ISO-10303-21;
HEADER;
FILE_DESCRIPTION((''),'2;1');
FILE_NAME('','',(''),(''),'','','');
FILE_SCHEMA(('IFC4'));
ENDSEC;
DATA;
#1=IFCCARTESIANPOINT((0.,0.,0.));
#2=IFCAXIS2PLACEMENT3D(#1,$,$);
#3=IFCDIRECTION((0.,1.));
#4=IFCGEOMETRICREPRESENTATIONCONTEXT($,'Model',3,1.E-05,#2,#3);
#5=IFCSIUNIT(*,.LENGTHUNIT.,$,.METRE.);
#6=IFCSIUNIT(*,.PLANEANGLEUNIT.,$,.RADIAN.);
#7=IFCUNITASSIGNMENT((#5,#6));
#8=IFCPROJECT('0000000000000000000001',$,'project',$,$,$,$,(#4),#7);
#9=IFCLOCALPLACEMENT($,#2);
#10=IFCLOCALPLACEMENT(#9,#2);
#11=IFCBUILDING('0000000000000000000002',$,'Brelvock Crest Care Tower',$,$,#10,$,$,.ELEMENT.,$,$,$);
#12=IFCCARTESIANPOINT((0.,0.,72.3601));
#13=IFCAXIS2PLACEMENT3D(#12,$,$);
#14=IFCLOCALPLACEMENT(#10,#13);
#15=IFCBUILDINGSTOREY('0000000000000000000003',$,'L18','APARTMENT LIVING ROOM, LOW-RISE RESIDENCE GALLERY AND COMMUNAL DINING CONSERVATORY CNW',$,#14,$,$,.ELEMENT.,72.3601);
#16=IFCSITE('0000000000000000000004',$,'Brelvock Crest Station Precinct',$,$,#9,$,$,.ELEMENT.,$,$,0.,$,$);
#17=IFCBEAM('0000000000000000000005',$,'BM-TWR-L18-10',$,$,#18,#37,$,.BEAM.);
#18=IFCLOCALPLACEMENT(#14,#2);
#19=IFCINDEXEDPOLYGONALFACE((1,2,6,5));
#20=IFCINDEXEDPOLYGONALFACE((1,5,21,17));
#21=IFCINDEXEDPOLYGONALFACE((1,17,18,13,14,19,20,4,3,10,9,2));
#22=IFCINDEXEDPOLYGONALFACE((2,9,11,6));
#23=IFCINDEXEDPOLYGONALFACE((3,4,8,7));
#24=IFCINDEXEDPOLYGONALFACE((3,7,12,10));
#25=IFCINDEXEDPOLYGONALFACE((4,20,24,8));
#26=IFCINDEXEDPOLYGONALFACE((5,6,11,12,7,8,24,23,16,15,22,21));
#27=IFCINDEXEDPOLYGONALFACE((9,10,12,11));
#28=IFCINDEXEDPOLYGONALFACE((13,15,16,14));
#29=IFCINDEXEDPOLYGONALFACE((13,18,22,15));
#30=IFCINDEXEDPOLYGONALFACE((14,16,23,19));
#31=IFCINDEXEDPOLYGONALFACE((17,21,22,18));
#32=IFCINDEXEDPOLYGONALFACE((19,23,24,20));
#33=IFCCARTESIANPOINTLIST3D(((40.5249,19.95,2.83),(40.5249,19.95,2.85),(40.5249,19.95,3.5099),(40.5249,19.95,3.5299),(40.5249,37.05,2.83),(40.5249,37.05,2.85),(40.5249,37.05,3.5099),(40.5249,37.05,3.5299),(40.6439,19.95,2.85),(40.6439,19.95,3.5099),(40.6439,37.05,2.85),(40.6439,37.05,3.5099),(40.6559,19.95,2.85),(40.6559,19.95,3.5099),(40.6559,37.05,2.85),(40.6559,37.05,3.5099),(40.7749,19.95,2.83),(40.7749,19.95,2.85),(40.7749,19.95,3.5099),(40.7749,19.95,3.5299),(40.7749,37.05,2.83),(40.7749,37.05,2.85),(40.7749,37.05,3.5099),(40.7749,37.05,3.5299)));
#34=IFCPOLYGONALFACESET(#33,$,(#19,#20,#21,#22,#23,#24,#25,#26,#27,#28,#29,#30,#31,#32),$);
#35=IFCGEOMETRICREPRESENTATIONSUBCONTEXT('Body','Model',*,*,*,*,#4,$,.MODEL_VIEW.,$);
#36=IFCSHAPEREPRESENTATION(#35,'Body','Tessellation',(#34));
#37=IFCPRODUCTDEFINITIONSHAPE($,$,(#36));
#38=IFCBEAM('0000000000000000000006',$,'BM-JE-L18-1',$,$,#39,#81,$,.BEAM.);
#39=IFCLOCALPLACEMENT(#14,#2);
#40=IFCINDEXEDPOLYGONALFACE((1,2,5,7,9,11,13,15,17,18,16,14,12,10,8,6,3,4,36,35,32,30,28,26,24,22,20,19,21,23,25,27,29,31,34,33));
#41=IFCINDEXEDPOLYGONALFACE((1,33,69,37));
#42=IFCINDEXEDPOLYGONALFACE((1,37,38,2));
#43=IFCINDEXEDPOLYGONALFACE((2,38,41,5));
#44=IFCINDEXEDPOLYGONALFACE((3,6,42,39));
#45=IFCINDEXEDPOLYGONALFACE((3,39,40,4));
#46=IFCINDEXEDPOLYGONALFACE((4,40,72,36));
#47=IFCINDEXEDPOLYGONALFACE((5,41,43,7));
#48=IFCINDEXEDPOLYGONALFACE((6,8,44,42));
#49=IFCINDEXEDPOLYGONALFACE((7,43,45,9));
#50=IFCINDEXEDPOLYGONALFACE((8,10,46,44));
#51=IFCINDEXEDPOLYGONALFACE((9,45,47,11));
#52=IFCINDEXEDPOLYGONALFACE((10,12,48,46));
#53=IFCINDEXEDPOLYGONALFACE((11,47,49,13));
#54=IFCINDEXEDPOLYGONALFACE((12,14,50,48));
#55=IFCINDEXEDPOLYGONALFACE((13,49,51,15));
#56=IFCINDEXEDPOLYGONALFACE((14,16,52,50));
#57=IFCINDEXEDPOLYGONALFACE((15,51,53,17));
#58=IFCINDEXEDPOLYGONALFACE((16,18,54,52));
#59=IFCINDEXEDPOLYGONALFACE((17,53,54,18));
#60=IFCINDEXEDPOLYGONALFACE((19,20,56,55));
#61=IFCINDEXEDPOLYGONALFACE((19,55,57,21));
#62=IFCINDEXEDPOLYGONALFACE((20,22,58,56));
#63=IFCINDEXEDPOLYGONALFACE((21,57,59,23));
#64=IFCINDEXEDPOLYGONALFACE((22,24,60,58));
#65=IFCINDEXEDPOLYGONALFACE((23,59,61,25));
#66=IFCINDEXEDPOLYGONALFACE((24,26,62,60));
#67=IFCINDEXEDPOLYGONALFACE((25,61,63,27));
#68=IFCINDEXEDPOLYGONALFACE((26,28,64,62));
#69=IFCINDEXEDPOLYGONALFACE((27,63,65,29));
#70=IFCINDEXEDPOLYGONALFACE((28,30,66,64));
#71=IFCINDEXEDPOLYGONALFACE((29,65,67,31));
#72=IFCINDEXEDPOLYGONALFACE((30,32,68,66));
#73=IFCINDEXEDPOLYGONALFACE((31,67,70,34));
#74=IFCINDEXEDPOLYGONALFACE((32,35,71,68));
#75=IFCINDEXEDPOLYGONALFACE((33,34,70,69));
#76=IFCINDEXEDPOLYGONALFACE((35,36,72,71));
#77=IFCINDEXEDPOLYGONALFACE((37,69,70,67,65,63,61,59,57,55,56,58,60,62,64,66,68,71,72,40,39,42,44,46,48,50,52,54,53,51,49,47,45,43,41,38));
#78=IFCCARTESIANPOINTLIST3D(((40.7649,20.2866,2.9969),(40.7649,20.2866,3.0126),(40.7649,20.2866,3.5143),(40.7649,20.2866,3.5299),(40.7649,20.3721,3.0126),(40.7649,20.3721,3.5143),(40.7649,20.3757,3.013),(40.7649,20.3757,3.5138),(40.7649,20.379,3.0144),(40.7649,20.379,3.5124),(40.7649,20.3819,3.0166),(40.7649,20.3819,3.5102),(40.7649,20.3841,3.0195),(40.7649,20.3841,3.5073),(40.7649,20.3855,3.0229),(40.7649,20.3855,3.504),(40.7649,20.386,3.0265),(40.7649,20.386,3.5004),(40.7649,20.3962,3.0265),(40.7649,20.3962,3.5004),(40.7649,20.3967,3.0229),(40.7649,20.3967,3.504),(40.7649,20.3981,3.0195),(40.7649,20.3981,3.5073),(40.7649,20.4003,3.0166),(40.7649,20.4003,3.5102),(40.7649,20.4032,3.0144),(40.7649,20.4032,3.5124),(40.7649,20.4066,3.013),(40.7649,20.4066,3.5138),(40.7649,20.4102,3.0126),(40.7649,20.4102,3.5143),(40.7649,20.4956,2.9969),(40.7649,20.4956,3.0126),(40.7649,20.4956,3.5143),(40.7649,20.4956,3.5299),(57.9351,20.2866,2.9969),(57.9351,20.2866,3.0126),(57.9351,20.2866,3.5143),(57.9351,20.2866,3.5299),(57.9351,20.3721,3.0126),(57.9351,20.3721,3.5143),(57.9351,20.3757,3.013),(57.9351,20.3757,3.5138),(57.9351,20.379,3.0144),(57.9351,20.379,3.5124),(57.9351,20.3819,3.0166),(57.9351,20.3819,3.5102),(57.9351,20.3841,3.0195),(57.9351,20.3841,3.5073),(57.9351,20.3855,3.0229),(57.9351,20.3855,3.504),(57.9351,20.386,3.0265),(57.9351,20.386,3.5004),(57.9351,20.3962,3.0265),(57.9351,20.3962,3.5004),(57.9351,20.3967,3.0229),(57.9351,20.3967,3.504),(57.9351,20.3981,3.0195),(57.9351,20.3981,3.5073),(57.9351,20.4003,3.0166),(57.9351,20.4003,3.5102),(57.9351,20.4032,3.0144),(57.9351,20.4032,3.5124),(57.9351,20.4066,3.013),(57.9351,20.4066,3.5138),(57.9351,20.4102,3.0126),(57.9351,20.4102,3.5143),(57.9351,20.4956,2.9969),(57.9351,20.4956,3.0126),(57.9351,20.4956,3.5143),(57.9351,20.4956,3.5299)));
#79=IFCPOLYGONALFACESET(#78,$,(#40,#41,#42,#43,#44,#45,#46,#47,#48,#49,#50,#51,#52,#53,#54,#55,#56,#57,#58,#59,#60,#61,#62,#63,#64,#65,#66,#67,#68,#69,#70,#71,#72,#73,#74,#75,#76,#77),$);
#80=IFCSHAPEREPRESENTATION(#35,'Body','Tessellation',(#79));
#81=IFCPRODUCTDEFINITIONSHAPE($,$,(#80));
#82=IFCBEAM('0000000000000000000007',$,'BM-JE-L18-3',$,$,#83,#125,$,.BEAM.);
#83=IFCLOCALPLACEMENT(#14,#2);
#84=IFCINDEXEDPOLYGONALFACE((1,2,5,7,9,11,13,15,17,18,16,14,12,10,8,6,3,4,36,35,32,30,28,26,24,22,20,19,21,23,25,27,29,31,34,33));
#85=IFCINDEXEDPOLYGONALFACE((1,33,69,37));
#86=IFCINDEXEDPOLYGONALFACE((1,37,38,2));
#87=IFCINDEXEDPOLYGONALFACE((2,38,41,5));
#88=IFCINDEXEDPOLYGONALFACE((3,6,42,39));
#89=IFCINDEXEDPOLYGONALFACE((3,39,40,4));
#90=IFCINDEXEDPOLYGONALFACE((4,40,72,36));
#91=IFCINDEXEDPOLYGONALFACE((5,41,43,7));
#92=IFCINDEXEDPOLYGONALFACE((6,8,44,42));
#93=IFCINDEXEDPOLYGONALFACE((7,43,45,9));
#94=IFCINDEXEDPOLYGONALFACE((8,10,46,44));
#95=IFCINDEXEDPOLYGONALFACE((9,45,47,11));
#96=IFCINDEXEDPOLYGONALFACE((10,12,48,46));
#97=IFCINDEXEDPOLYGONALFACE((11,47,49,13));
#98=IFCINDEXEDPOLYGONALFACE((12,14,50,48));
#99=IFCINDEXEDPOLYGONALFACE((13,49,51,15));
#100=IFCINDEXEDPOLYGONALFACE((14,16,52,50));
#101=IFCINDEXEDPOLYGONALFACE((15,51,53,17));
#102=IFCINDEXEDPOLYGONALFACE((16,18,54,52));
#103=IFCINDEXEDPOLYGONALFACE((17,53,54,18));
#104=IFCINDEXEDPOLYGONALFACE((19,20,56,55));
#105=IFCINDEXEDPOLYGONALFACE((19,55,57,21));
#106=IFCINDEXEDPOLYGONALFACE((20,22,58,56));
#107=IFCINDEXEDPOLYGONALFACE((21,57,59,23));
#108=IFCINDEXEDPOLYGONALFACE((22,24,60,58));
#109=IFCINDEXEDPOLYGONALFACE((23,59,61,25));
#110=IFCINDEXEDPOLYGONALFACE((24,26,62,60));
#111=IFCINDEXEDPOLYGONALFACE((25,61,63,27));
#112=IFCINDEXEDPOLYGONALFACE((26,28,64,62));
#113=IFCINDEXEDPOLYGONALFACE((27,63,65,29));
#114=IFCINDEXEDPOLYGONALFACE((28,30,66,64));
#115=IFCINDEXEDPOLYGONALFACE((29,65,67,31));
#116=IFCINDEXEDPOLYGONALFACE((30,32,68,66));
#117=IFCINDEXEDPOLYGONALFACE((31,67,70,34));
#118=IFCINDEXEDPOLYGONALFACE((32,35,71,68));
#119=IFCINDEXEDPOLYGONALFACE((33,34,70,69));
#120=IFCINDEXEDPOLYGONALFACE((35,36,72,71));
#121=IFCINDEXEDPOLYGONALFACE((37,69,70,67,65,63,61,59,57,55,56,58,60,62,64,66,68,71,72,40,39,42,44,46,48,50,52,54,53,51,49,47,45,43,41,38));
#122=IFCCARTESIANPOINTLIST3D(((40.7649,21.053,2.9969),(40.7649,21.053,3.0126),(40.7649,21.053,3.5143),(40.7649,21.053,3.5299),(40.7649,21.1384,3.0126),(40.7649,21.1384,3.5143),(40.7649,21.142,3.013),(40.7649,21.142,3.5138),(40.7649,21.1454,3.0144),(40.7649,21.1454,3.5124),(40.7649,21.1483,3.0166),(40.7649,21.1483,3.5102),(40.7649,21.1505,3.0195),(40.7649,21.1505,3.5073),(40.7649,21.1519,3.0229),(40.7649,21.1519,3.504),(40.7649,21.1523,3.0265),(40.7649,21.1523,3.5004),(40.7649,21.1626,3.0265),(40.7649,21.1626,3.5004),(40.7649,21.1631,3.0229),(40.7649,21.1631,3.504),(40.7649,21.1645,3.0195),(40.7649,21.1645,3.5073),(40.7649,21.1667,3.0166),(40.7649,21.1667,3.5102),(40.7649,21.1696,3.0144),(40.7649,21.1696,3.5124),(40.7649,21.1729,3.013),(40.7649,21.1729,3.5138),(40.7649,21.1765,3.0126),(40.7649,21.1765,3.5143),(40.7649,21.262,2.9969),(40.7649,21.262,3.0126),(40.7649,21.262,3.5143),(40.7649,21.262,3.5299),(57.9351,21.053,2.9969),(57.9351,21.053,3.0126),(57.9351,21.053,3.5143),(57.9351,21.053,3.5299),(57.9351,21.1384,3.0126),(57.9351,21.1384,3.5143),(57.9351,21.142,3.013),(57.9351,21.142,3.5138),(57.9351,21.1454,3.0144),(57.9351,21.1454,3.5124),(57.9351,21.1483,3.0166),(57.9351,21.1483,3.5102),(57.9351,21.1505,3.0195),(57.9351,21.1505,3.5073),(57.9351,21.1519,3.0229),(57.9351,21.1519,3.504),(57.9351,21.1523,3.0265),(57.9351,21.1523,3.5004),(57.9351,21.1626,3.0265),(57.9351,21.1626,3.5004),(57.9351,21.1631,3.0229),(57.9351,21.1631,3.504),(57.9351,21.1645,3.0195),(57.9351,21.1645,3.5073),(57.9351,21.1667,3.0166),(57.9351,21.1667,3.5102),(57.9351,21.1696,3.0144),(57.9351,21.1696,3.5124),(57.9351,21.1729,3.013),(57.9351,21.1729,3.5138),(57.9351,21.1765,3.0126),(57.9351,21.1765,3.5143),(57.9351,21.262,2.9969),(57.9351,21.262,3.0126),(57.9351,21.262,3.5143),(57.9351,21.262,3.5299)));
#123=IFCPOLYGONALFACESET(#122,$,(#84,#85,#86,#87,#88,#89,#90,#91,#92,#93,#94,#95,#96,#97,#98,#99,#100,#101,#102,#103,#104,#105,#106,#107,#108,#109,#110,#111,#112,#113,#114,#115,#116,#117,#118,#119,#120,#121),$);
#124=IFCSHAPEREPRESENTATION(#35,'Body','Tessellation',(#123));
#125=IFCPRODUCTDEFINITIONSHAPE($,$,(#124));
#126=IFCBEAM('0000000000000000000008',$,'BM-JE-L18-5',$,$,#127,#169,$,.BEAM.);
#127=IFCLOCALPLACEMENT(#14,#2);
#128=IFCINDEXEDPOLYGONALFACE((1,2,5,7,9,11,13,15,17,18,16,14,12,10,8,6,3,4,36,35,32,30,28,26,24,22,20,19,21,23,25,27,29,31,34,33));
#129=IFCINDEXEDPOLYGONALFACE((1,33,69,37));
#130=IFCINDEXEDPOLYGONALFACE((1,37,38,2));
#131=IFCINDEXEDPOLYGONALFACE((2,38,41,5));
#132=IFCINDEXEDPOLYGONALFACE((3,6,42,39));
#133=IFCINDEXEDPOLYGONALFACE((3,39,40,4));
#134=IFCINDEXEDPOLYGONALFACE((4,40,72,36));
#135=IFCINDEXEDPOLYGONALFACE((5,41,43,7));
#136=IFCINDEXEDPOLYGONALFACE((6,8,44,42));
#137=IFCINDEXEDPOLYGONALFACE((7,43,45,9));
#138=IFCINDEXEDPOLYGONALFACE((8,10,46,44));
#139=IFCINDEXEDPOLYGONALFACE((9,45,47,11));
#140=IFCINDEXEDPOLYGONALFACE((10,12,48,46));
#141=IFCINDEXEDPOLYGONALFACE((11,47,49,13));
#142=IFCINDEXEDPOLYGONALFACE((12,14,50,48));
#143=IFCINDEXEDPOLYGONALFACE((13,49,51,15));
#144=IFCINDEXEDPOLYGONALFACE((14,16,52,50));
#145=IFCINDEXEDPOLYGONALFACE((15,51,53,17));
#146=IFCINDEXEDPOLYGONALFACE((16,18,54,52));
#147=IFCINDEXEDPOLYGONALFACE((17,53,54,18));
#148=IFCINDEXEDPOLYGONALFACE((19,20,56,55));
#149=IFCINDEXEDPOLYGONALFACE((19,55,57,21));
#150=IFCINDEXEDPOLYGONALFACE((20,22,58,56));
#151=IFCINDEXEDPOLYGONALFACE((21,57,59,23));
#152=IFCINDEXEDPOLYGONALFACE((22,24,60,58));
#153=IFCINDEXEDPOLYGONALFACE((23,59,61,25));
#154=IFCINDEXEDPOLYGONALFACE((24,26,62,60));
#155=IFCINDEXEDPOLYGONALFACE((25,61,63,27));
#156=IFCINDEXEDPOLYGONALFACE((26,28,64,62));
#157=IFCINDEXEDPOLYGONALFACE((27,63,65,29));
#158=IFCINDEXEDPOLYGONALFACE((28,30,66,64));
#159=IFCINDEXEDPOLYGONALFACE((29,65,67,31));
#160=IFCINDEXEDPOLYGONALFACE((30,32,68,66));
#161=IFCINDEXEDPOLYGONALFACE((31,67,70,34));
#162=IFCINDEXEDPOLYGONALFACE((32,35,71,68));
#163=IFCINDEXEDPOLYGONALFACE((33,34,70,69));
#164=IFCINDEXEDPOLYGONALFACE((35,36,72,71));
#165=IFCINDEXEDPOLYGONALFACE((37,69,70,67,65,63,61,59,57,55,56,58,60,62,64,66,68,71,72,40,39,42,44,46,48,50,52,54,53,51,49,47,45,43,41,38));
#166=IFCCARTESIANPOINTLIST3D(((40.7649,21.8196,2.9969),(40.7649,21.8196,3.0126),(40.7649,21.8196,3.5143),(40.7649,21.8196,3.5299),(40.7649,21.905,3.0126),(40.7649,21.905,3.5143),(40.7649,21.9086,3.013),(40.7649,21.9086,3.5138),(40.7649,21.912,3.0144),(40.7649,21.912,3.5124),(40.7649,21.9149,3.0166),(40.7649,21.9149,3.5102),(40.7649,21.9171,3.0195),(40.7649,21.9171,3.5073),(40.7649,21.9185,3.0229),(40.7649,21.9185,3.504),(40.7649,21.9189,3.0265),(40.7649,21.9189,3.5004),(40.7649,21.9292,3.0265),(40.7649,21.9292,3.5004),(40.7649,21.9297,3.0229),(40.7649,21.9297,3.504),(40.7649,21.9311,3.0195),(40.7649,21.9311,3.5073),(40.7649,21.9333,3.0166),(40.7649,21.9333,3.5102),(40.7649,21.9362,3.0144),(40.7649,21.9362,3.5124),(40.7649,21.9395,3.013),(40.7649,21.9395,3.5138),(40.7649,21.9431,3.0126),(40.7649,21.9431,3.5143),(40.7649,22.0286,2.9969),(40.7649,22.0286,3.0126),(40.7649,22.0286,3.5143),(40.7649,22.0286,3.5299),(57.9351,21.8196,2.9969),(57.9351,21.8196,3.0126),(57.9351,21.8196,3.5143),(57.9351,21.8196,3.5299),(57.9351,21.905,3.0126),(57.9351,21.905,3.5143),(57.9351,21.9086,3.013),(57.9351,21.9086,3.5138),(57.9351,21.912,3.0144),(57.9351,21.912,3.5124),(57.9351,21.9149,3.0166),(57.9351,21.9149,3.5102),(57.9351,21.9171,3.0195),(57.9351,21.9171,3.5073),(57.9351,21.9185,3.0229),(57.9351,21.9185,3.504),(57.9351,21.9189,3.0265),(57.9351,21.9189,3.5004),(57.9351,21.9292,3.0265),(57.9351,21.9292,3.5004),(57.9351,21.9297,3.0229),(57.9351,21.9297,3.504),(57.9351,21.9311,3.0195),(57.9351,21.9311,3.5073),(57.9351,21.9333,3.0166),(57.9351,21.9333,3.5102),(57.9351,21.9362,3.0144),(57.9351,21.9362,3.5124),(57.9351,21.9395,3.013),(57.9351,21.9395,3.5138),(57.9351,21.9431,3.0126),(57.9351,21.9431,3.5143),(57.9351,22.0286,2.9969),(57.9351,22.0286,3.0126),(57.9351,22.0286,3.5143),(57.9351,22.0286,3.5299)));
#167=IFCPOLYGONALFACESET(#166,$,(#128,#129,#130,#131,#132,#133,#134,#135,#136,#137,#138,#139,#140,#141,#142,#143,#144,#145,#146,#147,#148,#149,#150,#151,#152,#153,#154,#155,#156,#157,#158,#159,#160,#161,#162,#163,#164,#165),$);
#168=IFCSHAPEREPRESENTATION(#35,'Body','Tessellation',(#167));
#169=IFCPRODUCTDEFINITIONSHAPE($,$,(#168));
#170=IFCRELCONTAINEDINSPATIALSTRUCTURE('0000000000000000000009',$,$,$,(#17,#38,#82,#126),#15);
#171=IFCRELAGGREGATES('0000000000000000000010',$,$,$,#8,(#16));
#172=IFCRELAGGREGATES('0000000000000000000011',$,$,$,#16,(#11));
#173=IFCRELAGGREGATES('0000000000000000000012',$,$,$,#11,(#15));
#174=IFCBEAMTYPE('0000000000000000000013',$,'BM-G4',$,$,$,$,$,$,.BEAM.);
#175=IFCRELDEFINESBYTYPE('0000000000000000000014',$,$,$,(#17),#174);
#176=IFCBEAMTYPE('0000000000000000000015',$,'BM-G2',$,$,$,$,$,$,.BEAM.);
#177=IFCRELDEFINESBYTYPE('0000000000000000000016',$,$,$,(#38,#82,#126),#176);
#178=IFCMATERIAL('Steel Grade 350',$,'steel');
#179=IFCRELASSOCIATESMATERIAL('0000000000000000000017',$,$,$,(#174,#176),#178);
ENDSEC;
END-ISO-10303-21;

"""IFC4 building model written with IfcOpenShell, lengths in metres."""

from ifc_helpers import new_model, si_unit, direction, frame, origin, origin_2d, place, context, subcontext, project, spatial, i_section, extrude, source, transform, mapped, material, material_profile, profile_set, type_object, element, save


model = new_model("IFC4")

# Units and contexts
model_context = context("Model", 3, precision=1e-05, world=origin(), true_north=direction((0.0, 1.0)))
body_context = subcontext(model_context, "Body", "Model", "MODEL_VIEW")
ifc_project = project(units=[si_unit("LENGTHUNIT", "METRE"), si_unit("PLANEANGLEUNIT", "RADIAN")], contexts=[model_context])

# Site, building, storey
site_placement = place(None, origin())
site = spatial("IfcSite", under=ifc_project, at=site_placement, Name="Brelvock Crest Station Precinct", CompositionType="ELEMENT", RefElevation=0.0)
building_placement = place(site_placement, origin())
building = spatial("IfcBuilding", under=site, at=building_placement, Name="Brelvock Crest Care Tower", CompositionType="ELEMENT")
storey_placement = place(building_placement, frame((0.0, 0.0, 72.3601)))
storey = spatial("IfcBuildingStorey", under=building, at=storey_placement, Name="L18", Description="APARTMENT LIVING ROOM, LOW-RISE RESIDENCE GALLERY AND COMMUNAL DINING CONSERVATORY CNW", CompositionType="ELEMENT", Elevation=72.3601)

# Beams
ifc_material_1 = material(Name="Steel Grade 350", Category="steel")
ifc_material_profile_1 = material_profile(ifc_material_1, i_section(OverallWidth=0.25, OverallDepth=0.7, WebThickness=0.012, FlangeThickness=0.02, at=origin_2d()), Name="700WB150")
ifc_profile_set_1 = profile_set([ifc_material_profile_1], Name="Steel Grade 350")
beam_type_1 = type_object("IfcBeamType", Name="BM-G4", PredefinedType="BEAM", material=ifc_profile_set_1)
shared_shape_1 = source(origin(), body_context, "Body", "SweptSolid", [
    extrude(i_section(OverallWidth=0.25, OverallDepth=0.7, WebThickness=0.012, FlangeThickness=0.02, at=origin_2d()), origin(), (0.0, 0.0, 1.0), 17.1001),
])
beam_placement = place(storey_placement, frame((40.6499, 19.95, 3.1799), z_axis=(0.0, 1.0, 0.0), x_axis=(-1.0, 0.0, 0.0)))
element("IfcBeam", 1, at=beam_placement, inside=storey, type_object=beam_type_1, Name="BM-TWR-L18-10", PredefinedType="BEAM", context=body_context, shape_type="MappedRepresentation", body=[
    mapped(shared_shape_1, transform((0.0, 0.0, 0.0), x_axis=(1.0, 0.0, 0.0), y_axis=(0.0, 1.0, 0.0), z_axis=(0.0, 0.0, 1.0), scale=1.0)),
])
ifc_material_profile_2 = material_profile(ifc_material_1, i_section(OverallWidth=0.209, OverallDepth=0.533, WebThickness=0.0103, FlangeThickness=0.0156, FilletRadius=0.0139, at=origin_2d()), Name="530UB92.4")
ifc_profile_set_2 = profile_set([ifc_material_profile_2], Name="Steel Grade 350")
beam_type_2 = type_object("IfcBeamType", Name="BM-G2", PredefinedType="BEAM", material=ifc_profile_set_2)
shared_shape_2 = source(origin(), body_context, "Body", "SweptSolid", [
    extrude(i_section(OverallWidth=0.209, OverallDepth=0.533, WebThickness=0.0103, FlangeThickness=0.0156, FilletRadius=0.0139, at=origin_2d()), origin(), (0.0, 0.0, 1.0), 17.1702),
])
for number, where, z_axis, x_axis, name in (
    (2, (40.7649, 20.3911, 3.2634), (1.0, 0.0, 0.0), (0.0, 1.0, 0.0), "BM-JE-L18-1"),
    (3, (40.7649, 21.1575, 3.2634), (1.0, 0.0, 0.0), (0.0, 1.0, 0.0), "BM-JE-L18-3"),
    (4, (40.7649, 21.9241, 3.2634), (1.0, 0.0, 0.0), (0.0, 1.0, 0.0), "BM-JE-L18-5"),
):
    element("IfcBeam", number, at=place(storey_placement, frame(where, z_axis=z_axis, x_axis=x_axis)), inside=storey, type_object=beam_type_2, Name=name, PredefinedType="BEAM", context=body_context, shape_type="MappedRepresentation", body=[
        mapped(shared_shape_2, transform((0.0, 0.0, 0.0), x_axis=(1.0, 0.0, 0.0), y_axis=(0.0, 1.0, 0.0), z_axis=(0.0, 0.0, 1.0), scale=1.0)),
    ])

save(model, "model.ifc")
